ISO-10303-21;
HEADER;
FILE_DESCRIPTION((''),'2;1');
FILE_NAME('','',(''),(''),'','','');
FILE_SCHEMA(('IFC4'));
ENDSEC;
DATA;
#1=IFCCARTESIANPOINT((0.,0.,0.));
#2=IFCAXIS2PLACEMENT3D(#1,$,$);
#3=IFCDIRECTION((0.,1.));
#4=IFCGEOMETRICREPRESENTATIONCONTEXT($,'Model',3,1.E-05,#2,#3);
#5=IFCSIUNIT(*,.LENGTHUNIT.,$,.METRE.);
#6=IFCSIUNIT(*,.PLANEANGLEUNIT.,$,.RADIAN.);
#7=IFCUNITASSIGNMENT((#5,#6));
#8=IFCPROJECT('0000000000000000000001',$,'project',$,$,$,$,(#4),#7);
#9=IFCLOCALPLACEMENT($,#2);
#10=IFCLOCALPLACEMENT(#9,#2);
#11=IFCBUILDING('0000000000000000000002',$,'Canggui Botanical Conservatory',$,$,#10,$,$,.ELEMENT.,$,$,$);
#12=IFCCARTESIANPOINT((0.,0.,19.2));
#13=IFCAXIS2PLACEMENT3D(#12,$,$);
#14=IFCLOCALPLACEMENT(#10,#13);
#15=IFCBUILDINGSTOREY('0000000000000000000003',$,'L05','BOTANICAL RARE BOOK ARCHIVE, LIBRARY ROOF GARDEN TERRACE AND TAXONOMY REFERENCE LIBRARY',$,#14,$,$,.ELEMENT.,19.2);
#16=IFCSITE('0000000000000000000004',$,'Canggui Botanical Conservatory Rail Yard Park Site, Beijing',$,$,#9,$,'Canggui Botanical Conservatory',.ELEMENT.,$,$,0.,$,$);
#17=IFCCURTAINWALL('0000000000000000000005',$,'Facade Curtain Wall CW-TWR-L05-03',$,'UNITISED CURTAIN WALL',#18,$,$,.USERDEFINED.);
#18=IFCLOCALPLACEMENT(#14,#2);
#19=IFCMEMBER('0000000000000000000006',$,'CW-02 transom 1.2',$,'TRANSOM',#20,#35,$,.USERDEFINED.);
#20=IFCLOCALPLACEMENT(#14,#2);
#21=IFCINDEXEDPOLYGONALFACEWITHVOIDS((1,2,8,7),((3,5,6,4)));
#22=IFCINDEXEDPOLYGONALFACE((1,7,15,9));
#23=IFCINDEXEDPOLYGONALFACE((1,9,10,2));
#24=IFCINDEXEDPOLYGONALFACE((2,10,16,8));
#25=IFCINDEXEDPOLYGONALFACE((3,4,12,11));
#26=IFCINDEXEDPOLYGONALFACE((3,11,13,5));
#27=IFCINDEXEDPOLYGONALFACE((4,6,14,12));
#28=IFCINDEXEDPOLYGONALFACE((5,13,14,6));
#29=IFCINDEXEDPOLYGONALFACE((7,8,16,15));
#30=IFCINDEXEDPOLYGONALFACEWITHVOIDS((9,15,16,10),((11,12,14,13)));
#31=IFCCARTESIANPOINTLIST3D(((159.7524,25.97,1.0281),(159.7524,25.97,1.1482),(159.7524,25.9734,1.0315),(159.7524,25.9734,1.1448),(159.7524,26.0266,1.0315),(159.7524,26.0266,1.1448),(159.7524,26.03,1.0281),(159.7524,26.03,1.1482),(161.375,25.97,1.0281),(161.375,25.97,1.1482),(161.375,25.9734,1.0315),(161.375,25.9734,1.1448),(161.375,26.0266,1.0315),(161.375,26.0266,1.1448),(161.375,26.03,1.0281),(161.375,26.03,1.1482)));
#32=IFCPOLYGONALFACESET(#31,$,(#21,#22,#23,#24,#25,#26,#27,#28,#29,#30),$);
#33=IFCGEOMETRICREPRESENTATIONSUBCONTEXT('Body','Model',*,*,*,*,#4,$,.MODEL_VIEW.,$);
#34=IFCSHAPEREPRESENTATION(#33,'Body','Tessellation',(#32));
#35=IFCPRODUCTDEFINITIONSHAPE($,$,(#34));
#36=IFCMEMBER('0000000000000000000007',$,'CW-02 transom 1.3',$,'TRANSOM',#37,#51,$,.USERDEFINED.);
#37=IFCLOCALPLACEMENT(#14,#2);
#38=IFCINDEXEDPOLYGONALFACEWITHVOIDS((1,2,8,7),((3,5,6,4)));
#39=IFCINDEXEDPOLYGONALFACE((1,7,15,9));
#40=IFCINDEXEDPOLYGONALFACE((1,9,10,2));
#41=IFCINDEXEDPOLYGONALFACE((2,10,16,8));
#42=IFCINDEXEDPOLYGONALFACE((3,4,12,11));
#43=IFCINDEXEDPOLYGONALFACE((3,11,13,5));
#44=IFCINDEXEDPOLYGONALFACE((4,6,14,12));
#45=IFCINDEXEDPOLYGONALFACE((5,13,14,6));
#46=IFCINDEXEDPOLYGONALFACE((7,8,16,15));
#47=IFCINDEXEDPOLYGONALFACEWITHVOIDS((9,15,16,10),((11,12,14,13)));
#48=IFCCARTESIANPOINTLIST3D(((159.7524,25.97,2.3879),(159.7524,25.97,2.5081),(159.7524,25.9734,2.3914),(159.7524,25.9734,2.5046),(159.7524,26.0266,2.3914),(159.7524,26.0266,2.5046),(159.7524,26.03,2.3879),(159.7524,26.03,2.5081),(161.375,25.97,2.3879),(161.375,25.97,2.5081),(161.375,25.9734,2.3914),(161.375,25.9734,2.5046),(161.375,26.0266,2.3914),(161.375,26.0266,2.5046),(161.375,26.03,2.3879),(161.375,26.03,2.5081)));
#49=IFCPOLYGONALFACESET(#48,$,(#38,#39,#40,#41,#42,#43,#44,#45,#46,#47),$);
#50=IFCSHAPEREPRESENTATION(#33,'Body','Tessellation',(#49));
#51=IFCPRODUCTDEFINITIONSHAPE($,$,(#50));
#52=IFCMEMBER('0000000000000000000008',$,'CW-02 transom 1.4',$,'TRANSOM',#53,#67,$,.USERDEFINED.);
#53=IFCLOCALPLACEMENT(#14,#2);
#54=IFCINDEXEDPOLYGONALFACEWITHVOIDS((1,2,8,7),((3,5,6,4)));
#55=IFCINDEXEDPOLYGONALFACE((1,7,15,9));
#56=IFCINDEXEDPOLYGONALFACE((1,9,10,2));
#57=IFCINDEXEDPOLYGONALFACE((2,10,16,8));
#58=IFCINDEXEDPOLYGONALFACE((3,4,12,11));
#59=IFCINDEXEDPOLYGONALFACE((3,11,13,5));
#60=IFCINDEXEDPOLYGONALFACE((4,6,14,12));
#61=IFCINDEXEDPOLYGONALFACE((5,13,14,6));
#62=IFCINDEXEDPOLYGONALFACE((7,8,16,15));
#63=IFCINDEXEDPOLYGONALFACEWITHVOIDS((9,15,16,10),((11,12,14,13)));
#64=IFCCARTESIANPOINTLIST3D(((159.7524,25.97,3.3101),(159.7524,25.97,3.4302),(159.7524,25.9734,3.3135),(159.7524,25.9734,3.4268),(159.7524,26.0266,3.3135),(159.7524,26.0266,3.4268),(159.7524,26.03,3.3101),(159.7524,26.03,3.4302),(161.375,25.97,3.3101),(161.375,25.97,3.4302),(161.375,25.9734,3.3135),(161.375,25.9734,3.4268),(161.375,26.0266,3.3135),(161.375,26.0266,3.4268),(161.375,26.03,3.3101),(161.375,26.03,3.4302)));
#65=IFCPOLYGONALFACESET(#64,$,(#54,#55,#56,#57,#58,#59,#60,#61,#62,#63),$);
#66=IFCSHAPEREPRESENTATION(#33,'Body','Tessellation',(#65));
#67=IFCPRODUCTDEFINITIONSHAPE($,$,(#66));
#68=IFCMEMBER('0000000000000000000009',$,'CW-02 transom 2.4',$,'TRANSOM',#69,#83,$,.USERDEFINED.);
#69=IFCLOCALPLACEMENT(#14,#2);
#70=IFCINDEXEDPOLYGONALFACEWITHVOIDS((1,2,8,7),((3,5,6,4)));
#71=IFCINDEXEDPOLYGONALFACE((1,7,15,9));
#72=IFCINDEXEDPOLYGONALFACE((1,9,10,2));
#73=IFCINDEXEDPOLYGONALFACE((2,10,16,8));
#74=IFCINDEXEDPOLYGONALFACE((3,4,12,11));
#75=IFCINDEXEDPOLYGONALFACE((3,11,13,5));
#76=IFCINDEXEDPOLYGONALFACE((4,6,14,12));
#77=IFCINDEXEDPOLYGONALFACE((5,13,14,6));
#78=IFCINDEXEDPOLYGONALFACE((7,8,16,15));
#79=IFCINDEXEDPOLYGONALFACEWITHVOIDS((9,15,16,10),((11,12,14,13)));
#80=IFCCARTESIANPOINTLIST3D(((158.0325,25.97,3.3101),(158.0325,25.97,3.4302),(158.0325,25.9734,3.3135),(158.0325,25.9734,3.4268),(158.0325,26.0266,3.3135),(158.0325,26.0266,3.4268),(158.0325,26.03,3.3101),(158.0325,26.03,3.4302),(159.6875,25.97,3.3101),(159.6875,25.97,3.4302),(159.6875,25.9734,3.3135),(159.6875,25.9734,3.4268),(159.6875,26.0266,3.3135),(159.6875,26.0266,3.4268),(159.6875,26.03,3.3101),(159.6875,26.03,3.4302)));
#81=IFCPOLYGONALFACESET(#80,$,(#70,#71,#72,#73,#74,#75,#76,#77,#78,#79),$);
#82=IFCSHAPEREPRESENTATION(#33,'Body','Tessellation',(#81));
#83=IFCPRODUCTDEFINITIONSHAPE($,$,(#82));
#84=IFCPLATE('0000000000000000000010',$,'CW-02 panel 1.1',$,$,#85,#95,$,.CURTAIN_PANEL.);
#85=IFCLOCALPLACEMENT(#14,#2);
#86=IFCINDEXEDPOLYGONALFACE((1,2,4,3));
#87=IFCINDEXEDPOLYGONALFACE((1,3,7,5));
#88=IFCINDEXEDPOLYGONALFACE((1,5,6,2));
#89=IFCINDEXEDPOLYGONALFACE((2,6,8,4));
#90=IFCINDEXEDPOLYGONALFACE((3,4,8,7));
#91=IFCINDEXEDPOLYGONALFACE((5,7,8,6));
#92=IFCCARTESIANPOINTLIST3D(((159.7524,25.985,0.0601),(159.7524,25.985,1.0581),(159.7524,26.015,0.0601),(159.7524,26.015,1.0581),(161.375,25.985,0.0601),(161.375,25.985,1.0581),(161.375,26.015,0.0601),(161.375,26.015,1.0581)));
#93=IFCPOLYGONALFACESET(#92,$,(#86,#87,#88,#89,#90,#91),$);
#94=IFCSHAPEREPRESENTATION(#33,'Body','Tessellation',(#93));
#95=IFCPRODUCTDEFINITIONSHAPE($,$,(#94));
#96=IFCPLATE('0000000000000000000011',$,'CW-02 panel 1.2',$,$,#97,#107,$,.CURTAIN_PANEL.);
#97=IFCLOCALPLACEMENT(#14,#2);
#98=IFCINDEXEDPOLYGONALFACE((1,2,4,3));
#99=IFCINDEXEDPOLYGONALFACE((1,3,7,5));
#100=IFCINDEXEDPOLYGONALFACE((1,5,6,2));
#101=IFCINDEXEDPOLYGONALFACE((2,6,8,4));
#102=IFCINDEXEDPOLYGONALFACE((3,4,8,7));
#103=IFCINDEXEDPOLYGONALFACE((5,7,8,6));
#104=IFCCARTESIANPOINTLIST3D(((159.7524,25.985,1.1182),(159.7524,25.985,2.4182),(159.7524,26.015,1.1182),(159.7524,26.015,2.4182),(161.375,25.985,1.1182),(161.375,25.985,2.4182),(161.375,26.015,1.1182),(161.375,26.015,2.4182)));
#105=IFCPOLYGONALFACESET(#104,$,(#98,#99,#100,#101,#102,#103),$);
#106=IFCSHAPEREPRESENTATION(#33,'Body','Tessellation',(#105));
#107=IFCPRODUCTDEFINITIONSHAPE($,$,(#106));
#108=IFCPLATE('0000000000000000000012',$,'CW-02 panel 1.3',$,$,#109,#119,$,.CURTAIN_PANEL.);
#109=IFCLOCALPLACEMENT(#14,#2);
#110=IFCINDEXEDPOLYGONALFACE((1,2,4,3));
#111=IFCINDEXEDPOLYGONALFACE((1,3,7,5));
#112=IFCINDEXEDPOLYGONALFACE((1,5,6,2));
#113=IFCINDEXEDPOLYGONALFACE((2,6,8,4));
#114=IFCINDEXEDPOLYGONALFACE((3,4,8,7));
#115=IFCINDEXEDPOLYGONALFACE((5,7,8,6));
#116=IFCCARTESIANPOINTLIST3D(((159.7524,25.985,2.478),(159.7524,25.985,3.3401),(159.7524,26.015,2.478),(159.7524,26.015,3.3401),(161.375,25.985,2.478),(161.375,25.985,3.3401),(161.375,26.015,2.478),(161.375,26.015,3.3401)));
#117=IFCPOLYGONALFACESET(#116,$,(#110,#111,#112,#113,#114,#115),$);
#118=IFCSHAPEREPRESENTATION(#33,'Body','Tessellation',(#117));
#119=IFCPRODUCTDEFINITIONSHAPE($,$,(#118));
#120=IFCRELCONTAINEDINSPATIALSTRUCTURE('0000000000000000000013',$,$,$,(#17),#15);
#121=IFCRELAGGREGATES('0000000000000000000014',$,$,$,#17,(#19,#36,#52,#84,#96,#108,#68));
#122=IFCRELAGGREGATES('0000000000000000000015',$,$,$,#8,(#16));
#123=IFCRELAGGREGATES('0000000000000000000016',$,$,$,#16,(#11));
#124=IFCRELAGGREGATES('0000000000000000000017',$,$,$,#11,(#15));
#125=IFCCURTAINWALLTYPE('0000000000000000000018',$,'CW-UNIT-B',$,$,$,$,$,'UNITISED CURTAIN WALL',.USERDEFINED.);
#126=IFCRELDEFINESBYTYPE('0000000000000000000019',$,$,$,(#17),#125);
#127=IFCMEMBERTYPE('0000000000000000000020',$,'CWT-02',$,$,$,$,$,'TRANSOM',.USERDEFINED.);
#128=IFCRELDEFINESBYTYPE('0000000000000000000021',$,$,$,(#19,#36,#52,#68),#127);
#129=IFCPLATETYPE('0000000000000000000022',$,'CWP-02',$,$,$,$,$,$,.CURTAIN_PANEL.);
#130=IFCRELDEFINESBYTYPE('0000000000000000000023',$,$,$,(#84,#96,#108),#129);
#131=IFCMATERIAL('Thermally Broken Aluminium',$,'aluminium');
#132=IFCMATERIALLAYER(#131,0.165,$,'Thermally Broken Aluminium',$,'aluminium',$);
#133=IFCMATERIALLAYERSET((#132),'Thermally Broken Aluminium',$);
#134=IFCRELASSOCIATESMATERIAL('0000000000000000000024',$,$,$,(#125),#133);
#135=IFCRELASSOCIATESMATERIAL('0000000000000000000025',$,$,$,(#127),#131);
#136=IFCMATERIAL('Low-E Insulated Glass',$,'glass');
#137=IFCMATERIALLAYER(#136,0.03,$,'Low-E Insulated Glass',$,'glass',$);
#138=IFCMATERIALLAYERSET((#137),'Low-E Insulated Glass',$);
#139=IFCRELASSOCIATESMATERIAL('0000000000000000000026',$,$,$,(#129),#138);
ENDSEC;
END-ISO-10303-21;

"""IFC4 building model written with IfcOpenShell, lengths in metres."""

from ifc_helpers import new_model, si_unit, direction, frame, origin, origin_2d, place, context, subcontext, project, spatial, rectangle, hollow_rectangle, extrude, material, layer, layer_set, material_profile, profile_set, type_object, element, aggregate, save


model = new_model("IFC4")

# Units and contexts
model_context = context("Model", 3, precision=1e-05, world=origin(), true_north=direction((0.0, 1.0)))
body_context = subcontext(model_context, "Body", "Model", "MODEL_VIEW")
ifc_project = project(units=[si_unit("LENGTHUNIT", "METRE"), si_unit("PLANEANGLEUNIT", "RADIAN")], contexts=[model_context])

# Site, building, storey
site_placement = place(None, origin())
site = spatial("IfcSite", under=ifc_project, at=site_placement, Name="Canggui Botanical Conservatory Rail Yard Park Site, Beijing", LongName="Canggui Botanical Conservatory", CompositionType="ELEMENT", RefElevation=0.0)
building_placement = place(site_placement, origin())
building = spatial("IfcBuilding", under=site, at=building_placement, Name="Canggui Botanical Conservatory", CompositionType="ELEMENT")
storey_placement = place(building_placement, frame((0.0, 0.0, 19.2)))
storey = spatial("IfcBuildingStorey", under=building, at=storey_placement, Name="L05", Description="BOTANICAL RARE BOOK ARCHIVE, LIBRARY ROOF GARDEN TERRACE AND TAXONOMY REFERENCE LIBRARY", CompositionType="ELEMENT", Elevation=19.2)

# Curtain wall, members, plates
ifc_material_1 = material(Name="Thermally Broken Aluminium", Category="aluminium")
ifc_layer_1 = layer(ifc_material_1, 0.165, Name="Thermally Broken Aluminium", Category="aluminium")
ifc_layer_set_1 = layer_set([ifc_layer_1], Name="Thermally Broken Aluminium")
curtain_wall_type = type_object("IfcCurtainWallType", Name="CW-UNIT-B", ElementType="UNITISED CURTAIN WALL", PredefinedType="USERDEFINED", material=ifc_layer_set_1)
curtain_wall_placement = place(storey_placement, origin())
curtain_wall = element("IfcCurtainWall", 1, at=curtain_wall_placement, inside=storey, type_object=curtain_wall_type, Name="Facade Curtain Wall CW-TWR-L05-03", ObjectType="UNITISED CURTAIN WALL", PredefinedType="USERDEFINED")
ifc_material_profile_1 = material_profile(ifc_material_1, hollow_rectangle(XDim=0.0601, YDim=0.1201, WallThickness=0.0034, at=origin_2d()), Name="CWT 60x120x3.5")
ifc_profile_set_1 = profile_set([ifc_material_profile_1], Name="Thermally Broken Aluminium")
member_type_1 = type_object("IfcMemberType", Name="CWT-02", ElementType="TRANSOM", PredefinedType="USERDEFINED", material=ifc_profile_set_1)
member_1_placement = place(storey_placement, frame((161.375, 26.0, 1.0881), z_axis=(-1.0, 0.0, 0.0), x_axis=(0.0, -1.0, 0.0)))
member_1 = element("IfcMember", 2, at=member_1_placement, type_object=member_type_1, Name="CW-02 transom 1.2", ObjectType="TRANSOM", PredefinedType="USERDEFINED", context=body_context, shape_type="SweptSolid", body=[
    extrude(hollow_rectangle(XDim=0.0601, YDim=0.1201, WallThickness=0.0034, at=origin_2d()), origin(), (0.0, 0.0, 1.0), 1.6226),
])
member_2_placement = place(storey_placement, frame((161.375, 26.0, 2.448), z_axis=(-1.0, 0.0, 0.0), x_axis=(0.0, -1.0, 0.0)))
member_2 = element("IfcMember", 3, at=member_2_placement, type_object=member_type_1, Name="CW-02 transom 1.3", ObjectType="TRANSOM", PredefinedType="USERDEFINED", context=body_context, shape_type="SweptSolid", body=[
    extrude(hollow_rectangle(XDim=0.0601, YDim=0.1201, WallThickness=0.0034, at=origin_2d()), origin(), (0.0, 0.0, 1.0), 1.6226),
])
member_3_placement = place(storey_placement, frame((161.375, 26.0, 3.3701), z_axis=(-1.0, 0.0, 0.0), x_axis=(0.0, -1.0, 0.0)))
member_3 = element("IfcMember", 4, at=member_3_placement, type_object=member_type_1, Name="CW-02 transom 1.4", ObjectType="TRANSOM", PredefinedType="USERDEFINED", context=body_context, shape_type="SweptSolid", body=[
    extrude(hollow_rectangle(XDim=0.0601, YDim=0.1201, WallThickness=0.0034, at=origin_2d()), origin(), (0.0, 0.0, 1.0), 1.6226),
])
member_4_placement = place(storey_placement, frame((159.6875, 26.0, 3.3701), z_axis=(-1.0, 0.0, 0.0), x_axis=(0.0, -1.0, 0.0)))
member_4 = element("IfcMember", 5, at=member_4_placement, type_object=member_type_1, Name="CW-02 transom 2.4", ObjectType="TRANSOM", PredefinedType="USERDEFINED", context=body_context, shape_type="SweptSolid", body=[
    extrude(hollow_rectangle(XDim=0.0601, YDim=0.1201, WallThickness=0.0034, at=origin_2d()), origin(), (0.0, 0.0, 1.0), 1.655),
])
ifc_material_2 = material(Name="Low-E Insulated Glass", Category="glass")
ifc_layer_2 = layer(ifc_material_2, 0.03, Name="Low-E Insulated Glass", Category="glass")
ifc_layer_set_2 = layer_set([ifc_layer_2], Name="Low-E Insulated Glass")
plate_type = type_object("IfcPlateType", Name="CWP-02", PredefinedType="CURTAIN_PANEL", material=ifc_layer_set_2)
plate_1_placement = place(storey_placement, frame((160.5637, 26.0, 0.0601), z_axis=(0.0, 0.0, 1.0), x_axis=(-1.0, 0.0, 0.0)))
plate_1 = element("IfcPlate", 6, at=plate_1_placement, type_object=plate_type, Name="CW-02 panel 1.1", PredefinedType="CURTAIN_PANEL", context=body_context, shape_type="SweptSolid", body=[
    extrude(rectangle(XDim=1.6226, YDim=0.03, at=origin_2d()), origin(), (0.0, 0.0, 1.0), 0.998),
])
plate_2_placement = place(storey_placement, frame((160.5637, 26.0, 1.1182), z_axis=(0.0, 0.0, 1.0), x_axis=(-1.0, 0.0, 0.0)))
plate_2 = element("IfcPlate", 7, at=plate_2_placement, type_object=plate_type, Name="CW-02 panel 1.2", PredefinedType="CURTAIN_PANEL", context=body_context, shape_type="SweptSolid", body=[
    extrude(rectangle(XDim=1.6226, YDim=0.03, at=origin_2d()), origin(), (0.0, 0.0, 1.0), 1.3),
])
plate_3_placement = place(storey_placement, frame((160.5637, 26.0, 2.478), z_axis=(0.0, 0.0, 1.0), x_axis=(-1.0, 0.0, 0.0)))
plate_3 = element("IfcPlate", 8, at=plate_3_placement, type_object=plate_type, Name="CW-02 panel 1.3", PredefinedType="CURTAIN_PANEL", context=body_context, shape_type="SweptSolid", body=[
    extrude(rectangle(XDim=1.6226, YDim=0.03, at=origin_2d()), origin(), (0.0, 0.0, 1.0), 0.8621),
])
aggregate(curtain_wall, [member_1, member_2, member_3, plate_1, plate_2, plate_3, member_4])

save(model, "model.ifc")
